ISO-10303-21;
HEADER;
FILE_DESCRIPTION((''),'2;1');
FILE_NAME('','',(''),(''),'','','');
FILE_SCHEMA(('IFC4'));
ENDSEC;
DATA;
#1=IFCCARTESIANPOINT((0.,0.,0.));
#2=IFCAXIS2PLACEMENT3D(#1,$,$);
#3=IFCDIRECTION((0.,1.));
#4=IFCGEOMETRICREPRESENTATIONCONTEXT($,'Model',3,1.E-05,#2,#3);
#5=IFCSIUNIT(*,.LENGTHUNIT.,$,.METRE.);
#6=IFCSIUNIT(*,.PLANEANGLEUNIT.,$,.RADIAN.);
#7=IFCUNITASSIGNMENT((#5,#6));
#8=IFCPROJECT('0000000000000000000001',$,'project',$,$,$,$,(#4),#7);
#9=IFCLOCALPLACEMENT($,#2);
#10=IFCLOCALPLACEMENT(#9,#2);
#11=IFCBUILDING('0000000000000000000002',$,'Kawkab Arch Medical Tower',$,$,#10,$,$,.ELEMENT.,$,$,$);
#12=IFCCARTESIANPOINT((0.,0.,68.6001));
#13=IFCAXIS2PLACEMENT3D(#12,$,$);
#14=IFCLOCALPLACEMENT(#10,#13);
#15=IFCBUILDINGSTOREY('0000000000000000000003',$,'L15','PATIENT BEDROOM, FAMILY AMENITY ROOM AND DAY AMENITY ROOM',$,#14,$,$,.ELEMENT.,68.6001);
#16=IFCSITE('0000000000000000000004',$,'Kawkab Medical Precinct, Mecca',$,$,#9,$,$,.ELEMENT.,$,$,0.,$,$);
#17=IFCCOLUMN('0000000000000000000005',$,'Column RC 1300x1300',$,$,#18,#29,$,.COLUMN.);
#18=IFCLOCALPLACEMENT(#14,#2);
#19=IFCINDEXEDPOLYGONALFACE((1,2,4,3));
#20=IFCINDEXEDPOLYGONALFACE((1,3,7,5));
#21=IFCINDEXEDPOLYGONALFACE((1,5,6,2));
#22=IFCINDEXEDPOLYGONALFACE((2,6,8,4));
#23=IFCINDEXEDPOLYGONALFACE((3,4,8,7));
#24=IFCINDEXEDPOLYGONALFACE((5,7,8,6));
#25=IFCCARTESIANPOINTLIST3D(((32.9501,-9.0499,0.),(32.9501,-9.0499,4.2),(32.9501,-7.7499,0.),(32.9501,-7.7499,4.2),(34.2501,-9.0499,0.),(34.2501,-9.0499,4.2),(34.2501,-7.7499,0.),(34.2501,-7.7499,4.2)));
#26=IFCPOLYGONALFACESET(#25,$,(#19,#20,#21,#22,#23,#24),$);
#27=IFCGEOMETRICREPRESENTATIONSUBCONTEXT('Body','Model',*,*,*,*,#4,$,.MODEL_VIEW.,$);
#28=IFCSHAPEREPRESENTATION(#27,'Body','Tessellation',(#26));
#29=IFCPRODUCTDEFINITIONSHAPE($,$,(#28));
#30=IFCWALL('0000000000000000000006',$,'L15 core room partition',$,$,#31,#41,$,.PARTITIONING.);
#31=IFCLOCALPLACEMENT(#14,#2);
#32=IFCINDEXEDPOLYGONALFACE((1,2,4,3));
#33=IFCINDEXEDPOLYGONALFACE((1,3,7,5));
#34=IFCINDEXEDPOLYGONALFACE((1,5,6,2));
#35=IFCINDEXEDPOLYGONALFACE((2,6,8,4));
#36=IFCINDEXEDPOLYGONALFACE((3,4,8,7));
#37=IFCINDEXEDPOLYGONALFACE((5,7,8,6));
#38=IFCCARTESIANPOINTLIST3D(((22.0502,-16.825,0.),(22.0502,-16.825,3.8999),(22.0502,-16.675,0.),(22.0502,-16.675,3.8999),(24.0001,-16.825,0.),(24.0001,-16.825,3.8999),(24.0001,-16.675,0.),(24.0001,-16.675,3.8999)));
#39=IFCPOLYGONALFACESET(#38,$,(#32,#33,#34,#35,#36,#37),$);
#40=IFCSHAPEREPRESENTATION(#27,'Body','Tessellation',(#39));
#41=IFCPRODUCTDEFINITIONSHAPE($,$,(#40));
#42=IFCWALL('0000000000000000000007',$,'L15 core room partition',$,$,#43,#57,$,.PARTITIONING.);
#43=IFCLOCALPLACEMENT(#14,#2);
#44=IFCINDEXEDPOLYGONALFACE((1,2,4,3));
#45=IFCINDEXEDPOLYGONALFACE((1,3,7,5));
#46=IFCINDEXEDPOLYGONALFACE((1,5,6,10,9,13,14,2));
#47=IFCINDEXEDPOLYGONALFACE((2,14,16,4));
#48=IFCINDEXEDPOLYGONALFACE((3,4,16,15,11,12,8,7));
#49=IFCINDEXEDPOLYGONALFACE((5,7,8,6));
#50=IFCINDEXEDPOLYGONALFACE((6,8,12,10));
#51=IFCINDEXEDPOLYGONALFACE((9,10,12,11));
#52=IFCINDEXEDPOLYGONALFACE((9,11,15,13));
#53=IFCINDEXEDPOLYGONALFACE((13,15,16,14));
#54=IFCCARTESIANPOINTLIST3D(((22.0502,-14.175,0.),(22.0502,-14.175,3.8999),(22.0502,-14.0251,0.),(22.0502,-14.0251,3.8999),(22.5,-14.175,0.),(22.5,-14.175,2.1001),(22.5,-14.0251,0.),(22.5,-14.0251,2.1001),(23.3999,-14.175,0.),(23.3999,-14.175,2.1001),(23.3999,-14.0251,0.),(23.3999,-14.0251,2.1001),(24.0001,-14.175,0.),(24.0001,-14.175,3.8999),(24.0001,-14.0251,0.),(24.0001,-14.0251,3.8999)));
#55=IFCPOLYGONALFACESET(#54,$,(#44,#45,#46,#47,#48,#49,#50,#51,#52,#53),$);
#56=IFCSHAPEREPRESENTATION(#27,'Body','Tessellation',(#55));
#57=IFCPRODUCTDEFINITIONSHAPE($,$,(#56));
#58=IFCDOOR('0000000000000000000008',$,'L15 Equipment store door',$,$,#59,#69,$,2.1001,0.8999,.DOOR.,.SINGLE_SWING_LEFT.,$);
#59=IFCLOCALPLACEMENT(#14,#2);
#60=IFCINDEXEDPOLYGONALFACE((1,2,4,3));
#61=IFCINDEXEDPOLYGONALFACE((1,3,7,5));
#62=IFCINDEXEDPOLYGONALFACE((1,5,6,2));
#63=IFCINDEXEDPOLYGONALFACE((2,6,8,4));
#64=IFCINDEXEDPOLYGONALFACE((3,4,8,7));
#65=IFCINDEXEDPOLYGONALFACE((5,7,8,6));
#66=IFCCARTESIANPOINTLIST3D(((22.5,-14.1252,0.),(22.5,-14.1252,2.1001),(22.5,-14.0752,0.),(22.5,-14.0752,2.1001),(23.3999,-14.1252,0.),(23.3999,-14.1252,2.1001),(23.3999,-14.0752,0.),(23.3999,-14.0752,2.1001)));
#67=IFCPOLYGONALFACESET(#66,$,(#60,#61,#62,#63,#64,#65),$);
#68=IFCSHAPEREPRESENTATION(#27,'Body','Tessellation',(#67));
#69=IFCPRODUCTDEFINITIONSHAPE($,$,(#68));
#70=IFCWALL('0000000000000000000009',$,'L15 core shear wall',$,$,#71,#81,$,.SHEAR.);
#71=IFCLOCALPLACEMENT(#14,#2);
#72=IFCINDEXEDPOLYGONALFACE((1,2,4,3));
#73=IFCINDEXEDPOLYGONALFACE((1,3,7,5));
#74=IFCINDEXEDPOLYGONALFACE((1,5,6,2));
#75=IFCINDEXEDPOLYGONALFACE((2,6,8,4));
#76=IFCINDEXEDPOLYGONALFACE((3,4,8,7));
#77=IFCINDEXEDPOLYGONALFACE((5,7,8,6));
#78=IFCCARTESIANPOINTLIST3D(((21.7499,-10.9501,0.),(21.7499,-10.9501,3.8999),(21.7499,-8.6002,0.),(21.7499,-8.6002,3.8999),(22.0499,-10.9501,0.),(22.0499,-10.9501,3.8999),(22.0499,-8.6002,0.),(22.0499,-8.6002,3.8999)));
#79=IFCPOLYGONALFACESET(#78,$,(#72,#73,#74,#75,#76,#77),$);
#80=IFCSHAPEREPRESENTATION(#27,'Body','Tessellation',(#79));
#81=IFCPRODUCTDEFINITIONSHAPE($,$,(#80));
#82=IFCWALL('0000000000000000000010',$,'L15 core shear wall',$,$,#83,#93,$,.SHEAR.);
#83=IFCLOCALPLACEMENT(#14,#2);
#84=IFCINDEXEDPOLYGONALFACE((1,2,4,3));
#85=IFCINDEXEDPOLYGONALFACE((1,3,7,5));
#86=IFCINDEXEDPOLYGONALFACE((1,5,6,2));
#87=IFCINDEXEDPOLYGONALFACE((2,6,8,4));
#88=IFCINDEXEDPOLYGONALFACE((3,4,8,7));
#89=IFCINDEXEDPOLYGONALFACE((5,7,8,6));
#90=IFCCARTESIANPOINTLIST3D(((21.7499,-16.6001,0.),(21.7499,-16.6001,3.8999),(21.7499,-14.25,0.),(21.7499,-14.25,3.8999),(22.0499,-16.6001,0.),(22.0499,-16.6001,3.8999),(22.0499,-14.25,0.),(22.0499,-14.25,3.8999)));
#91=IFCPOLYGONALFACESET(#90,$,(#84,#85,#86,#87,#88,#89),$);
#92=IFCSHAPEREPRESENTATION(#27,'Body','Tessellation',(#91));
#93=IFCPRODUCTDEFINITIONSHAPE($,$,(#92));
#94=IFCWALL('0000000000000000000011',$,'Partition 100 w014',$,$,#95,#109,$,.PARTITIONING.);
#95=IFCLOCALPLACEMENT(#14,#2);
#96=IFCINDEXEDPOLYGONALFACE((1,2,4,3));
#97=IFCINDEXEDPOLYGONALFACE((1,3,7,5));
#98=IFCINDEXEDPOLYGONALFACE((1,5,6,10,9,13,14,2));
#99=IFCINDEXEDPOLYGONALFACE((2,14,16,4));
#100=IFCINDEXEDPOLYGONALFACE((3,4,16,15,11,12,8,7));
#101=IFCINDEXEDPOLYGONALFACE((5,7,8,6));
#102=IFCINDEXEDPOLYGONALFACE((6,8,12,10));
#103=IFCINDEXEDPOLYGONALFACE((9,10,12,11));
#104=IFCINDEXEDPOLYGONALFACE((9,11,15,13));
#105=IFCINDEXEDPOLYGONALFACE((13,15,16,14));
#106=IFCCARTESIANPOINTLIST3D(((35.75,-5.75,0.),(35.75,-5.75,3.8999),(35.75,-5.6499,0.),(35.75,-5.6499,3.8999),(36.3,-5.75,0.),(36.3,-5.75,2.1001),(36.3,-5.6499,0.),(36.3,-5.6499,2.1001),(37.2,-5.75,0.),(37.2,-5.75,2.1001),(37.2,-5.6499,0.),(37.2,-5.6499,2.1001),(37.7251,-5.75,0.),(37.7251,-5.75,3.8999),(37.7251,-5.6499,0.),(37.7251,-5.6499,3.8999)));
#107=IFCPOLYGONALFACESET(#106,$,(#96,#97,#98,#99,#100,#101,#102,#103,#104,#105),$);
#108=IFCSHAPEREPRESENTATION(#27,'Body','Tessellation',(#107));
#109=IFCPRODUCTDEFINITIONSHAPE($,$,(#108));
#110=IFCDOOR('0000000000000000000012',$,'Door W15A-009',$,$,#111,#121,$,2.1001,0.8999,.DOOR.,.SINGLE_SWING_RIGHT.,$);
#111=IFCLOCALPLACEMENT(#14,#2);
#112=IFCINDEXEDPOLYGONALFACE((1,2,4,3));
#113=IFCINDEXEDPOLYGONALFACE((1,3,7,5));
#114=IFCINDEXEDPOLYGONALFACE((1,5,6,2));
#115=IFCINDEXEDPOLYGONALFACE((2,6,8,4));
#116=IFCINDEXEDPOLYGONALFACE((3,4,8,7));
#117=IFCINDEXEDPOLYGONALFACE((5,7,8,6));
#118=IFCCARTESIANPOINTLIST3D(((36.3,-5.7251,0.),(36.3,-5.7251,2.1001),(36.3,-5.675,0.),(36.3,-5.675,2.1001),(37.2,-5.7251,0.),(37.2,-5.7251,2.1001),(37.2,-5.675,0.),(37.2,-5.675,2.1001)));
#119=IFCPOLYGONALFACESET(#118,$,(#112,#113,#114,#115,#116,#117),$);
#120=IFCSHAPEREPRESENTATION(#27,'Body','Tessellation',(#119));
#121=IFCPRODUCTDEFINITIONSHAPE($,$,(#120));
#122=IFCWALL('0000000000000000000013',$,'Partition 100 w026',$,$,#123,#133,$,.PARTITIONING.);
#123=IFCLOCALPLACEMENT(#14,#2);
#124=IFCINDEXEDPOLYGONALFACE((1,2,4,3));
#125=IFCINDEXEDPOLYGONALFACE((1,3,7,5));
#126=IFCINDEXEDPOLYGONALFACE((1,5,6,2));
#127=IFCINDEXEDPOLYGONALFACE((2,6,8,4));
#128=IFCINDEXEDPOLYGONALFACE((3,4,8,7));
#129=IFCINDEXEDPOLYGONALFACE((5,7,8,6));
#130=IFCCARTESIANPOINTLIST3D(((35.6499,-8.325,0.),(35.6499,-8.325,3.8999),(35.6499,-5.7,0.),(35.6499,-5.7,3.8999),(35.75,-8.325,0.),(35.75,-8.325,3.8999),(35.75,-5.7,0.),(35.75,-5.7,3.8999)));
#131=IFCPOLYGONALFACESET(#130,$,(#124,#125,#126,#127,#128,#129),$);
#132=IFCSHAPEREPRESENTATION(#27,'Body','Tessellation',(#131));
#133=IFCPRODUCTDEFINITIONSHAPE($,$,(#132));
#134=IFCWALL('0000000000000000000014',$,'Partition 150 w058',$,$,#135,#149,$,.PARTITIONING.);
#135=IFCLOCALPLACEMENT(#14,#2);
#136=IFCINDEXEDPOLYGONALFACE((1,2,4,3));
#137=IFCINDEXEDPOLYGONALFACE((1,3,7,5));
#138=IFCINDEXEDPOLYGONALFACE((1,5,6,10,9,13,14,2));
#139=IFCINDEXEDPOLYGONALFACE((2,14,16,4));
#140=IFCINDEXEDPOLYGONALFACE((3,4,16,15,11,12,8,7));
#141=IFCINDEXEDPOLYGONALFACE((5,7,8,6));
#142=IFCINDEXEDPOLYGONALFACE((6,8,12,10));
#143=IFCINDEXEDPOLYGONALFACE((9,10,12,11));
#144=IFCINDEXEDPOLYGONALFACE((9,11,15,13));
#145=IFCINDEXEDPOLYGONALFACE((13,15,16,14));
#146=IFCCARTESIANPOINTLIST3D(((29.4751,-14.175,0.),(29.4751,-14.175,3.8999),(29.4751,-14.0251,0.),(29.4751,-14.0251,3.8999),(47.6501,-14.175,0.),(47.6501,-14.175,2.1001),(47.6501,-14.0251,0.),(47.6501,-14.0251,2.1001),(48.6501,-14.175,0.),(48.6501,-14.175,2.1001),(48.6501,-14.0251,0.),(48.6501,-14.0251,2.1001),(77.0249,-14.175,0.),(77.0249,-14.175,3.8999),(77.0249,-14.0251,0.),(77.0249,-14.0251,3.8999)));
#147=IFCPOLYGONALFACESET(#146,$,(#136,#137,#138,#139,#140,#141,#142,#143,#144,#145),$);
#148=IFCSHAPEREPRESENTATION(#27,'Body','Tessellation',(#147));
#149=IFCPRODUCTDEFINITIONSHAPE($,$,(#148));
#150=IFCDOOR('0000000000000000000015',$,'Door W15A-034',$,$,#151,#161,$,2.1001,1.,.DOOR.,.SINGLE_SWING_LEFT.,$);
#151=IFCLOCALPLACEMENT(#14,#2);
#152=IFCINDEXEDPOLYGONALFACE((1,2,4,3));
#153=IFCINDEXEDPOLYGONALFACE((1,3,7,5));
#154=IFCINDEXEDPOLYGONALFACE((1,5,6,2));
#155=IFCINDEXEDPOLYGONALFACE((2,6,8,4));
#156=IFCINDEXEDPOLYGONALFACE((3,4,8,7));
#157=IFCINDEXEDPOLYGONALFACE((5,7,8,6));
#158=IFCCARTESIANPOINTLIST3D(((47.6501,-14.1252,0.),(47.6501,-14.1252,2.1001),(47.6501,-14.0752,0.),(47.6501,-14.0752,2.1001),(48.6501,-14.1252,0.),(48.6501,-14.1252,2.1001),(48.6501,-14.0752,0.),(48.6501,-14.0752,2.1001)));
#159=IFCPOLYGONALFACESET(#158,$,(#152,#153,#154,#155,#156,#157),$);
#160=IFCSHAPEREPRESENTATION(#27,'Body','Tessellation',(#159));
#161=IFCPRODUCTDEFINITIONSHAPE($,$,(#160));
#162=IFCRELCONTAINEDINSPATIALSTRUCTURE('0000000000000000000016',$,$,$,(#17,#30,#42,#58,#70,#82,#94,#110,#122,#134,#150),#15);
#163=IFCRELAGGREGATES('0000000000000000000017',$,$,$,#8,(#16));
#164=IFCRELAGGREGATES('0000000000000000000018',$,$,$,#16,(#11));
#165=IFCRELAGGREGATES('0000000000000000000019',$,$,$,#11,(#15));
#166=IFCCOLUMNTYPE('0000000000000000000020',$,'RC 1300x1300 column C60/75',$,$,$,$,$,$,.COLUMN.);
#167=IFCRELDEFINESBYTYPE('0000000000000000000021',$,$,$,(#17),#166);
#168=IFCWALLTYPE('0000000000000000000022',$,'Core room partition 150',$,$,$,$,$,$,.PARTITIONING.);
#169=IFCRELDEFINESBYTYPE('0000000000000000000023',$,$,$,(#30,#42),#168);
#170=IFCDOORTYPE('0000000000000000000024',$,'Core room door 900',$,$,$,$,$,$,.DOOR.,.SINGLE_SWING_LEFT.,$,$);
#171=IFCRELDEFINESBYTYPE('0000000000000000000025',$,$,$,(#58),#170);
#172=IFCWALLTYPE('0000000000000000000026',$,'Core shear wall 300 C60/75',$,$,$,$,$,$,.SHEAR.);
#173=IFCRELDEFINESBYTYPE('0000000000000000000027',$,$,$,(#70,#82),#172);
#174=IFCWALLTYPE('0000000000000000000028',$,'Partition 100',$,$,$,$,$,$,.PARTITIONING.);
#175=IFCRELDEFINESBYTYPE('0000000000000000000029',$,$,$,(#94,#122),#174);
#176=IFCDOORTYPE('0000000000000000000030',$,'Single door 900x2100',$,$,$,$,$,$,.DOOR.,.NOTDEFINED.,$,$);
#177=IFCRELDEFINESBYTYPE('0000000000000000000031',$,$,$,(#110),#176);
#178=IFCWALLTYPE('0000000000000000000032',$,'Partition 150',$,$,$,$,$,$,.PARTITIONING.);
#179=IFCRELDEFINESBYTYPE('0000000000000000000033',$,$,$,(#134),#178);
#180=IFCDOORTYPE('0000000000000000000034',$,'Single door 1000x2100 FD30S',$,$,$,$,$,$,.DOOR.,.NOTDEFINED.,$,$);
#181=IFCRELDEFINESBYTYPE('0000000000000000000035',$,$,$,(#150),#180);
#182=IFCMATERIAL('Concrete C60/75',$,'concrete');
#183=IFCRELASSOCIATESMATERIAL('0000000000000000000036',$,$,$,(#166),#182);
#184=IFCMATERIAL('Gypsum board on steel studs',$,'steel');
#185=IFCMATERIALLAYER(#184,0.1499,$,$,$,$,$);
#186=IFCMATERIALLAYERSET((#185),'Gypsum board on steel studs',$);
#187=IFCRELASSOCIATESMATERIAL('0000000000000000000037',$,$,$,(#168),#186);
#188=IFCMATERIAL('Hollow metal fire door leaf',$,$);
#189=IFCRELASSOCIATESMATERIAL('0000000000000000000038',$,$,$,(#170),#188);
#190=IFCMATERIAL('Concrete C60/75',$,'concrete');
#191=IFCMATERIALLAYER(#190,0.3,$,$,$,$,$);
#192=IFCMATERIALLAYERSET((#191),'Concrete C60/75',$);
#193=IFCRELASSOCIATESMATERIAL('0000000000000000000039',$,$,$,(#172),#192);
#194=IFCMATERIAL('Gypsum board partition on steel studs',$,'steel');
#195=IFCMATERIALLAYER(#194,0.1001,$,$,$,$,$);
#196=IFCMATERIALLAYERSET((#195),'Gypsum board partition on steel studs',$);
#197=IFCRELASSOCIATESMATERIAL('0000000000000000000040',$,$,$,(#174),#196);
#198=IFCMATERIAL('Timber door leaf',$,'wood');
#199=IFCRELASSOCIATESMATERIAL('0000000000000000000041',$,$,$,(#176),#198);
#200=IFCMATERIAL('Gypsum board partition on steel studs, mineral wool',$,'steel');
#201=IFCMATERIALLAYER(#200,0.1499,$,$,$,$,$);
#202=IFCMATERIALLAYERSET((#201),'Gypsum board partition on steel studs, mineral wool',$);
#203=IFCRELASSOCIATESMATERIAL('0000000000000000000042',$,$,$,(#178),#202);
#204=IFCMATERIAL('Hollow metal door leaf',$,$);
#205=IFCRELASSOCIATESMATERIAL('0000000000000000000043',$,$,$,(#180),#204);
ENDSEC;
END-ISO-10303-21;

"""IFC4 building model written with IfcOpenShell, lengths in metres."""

from ifc_helpers import new_model, si_unit, direction, frame, frame_2d, origin, origin_2d, place, context, subcontext, project, spatial, rectangle, extrude, material, layer, layer_set, material_profile, profile_set, type_object, element, fill, save


model = new_model("IFC4")

# Units and contexts
model_context = context("Model", 3, precision=1e-05, world=origin(), true_north=direction((0.0, 1.0)))
body_context = subcontext(model_context, "Body", "Model", "MODEL_VIEW")
ifc_project = project(units=[si_unit("LENGTHUNIT", "METRE"), si_unit("PLANEANGLEUNIT", "RADIAN")], contexts=[model_context])

# Site, building, storey
site_placement = place(None, origin())
site = spatial("IfcSite", under=ifc_project, at=site_placement, Name="Kawkab Medical Precinct, Mecca", CompositionType="ELEMENT", RefElevation=0.0)
building_placement = place(site_placement, origin())
building = spatial("IfcBuilding", under=site, at=building_placement, Name="Kawkab Arch Medical Tower", CompositionType="ELEMENT")
storey_placement = place(building_placement, frame((0.0, 0.0, 68.6001)))
storey = spatial("IfcBuildingStorey", under=building, at=storey_placement, Name="L15", Description="PATIENT BEDROOM, FAMILY AMENITY ROOM AND DAY AMENITY ROOM", CompositionType="ELEMENT", Elevation=68.6001)

# Column
ifc_material_1 = material(Name="Concrete C60/75", Category="concrete")
ifc_material_profile = material_profile(ifc_material_1, rectangle(XDim=1.3, YDim=1.3, at=origin_2d()), Name="RC 1300x1300")
ifc_profile_set = profile_set([ifc_material_profile], Name="Concrete C60/75")
column_type = type_object("IfcColumnType", Name="RC 1300x1300 column C60/75", PredefinedType="COLUMN", material=ifc_profile_set)
column_placement = place(storey_placement, frame((33.6001, -8.3999, 0.0), z_axis=(0.0, 0.0, 1.0), x_axis=(1.0, 0.0, 0.0)))
element("IfcColumn", 1, at=column_placement, inside=storey, type_object=column_type, Name="Column RC 1300x1300", PredefinedType="COLUMN", context=body_context, shape_type="SweptSolid", body=[
    extrude(rectangle(XDim=1.3, YDim=1.3, at=origin_2d()), origin(), (0.0, 0.0, 1.0), 4.2),
])

# Wall
ifc_material_2 = material(Name="Gypsum board on steel studs", Category="steel")
ifc_layer_1 = layer(ifc_material_2, 0.1499)
ifc_layer_set_1 = layer_set([ifc_layer_1], Name="Gypsum board on steel studs")
wall_type_1 = type_object("IfcWallType", Name="Core room partition 150", PredefinedType="PARTITIONING", material=ifc_layer_set_1)
wall_1_placement = place(storey_placement, frame((22.05, -16.75, 0.0), z_axis=(0.0, 0.0, 1.0), x_axis=(1.0, 0.0, 0.0)))
element("IfcWall", 2, at=wall_1_placement, inside=storey, type_object=wall_type_1, Name="L15 core room partition", PredefinedType="PARTITIONING", context=body_context, shape_type="SweptSolid", body=[
    extrude(rectangle(XDim=1.95, YDim=0.1499, at=frame_2d((0.9751, 0.0))), origin(), (0.0, 0.0, 1.0), 3.8999),
])

# Wall, opening, door
wall_2_placement = place(storey_placement, frame((22.05, -14.1001, 0.0), z_axis=(0.0, 0.0, 1.0), x_axis=(1.0, 0.0, 0.0)))
wall_2 = element("IfcWall", 3, at=wall_2_placement, inside=storey, type_object=wall_type_1, Name="L15 core room partition", PredefinedType="PARTITIONING", context=body_context, shape_type="SweptSolid", body=[
    extrude(rectangle(XDim=1.95, YDim=0.1499, at=frame_2d((0.9751, 0.0))), origin(), (0.0, 0.0, 1.0), 3.8999),
])
opening_1_placement = place(wall_2_placement, frame((0.45, 0.0, 0.0)))
opening_1 = element("IfcOpeningElement", 4, at=opening_1_placement, cuts=wall_2, PredefinedType="OPENING", context=body_context, shape_type="SweptSolid", body=[
    extrude(rectangle(XDim=0.8999, YDim=2.1001, at=frame_2d((0.45, 1.05))), frame((0.0, 0.085, 0.0), z_axis=(0.0, -1.0, 0.0), x_axis=(1.0, 0.0, 0.0)), (0.0, 0.0, 1.0), 0.1699),
])
ifc_material_3 = material(Name="Hollow metal fire door leaf")
door_type_1 = type_object("IfcDoorType", Name="Core room door 900", OperationType="SINGLE_SWING_LEFT", PredefinedType="DOOR", material=ifc_material_3)
door_1_placement = place(opening_1_placement, origin())
door_1 = element("IfcDoor", 5, at=door_1_placement, inside=storey, type_object=door_type_1, Name="L15 Equipment store door", OperationType="SINGLE_SWING_LEFT", OverallHeight=2.1001, OverallWidth=0.8999, PredefinedType="DOOR", context=body_context, shape_type="SweptSolid", body=[
    extrude(rectangle(XDim=0.8999, YDim=2.1001, at=frame_2d((0.45, 1.05))), frame((0.0, 0.0249, 0.0), z_axis=(0.0, -1.0, 0.0), x_axis=(1.0, 0.0, 0.0)), (0.0, 0.0, 1.0), 0.05),
])
fill(opening_1, door_1)

# Walls
ifc_material_4 = material(Name="Concrete C60/75", Category="concrete")
ifc_layer_2 = layer(ifc_material_4, 0.3)
ifc_layer_set_2 = layer_set([ifc_layer_2], Name="Concrete C60/75")
wall_type_2 = type_object("IfcWallType", Name="Core shear wall 300 C60/75", PredefinedType="SHEAR", material=ifc_layer_set_2)
wall_3_placement = place(storey_placement, frame((21.8999, -10.95, 0.0), z_axis=(0.0, 0.0, 1.0), x_axis=(0.0, 1.0, 0.0)))
element("IfcWall", 6, at=wall_3_placement, inside=storey, type_object=wall_type_2, Name="L15 core shear wall", PredefinedType="SHEAR", context=body_context, shape_type="SweptSolid", body=[
    extrude(rectangle(XDim=2.3499, YDim=0.3, at=frame_2d((1.1748, 0.0))), origin(), (0.0, 0.0, 1.0), 3.8999),
])
wall_4_placement = place(storey_placement, frame((21.8999, -16.6001, 0.0), z_axis=(0.0, 0.0, 1.0), x_axis=(0.0, 1.0, 0.0)))
element("IfcWall", 7, at=wall_4_placement, inside=storey, type_object=wall_type_2, Name="L15 core shear wall", PredefinedType="SHEAR", context=body_context, shape_type="SweptSolid", body=[
    extrude(rectangle(XDim=2.3501, YDim=0.3, at=frame_2d((1.175, 0.0))), origin(), (0.0, 0.0, 1.0), 3.8999),
])

# Wall, opening, door
ifc_material_5 = material(Name="Gypsum board partition on steel studs", Category="steel")
ifc_layer_3 = layer(ifc_material_5, 0.1001)
ifc_layer_set_3 = layer_set([ifc_layer_3], Name="Gypsum board partition on steel studs")
wall_type_3 = type_object("IfcWallType", Name="Partition 100", PredefinedType="PARTITIONING", material=ifc_layer_set_3)
wall_5_placement = place(storey_placement, frame((35.75, -5.7, 0.0), z_axis=(0.0, 0.0, 1.0), x_axis=(1.0, 0.0, 0.0)))
wall_5 = element("IfcWall", 8, at=wall_5_placement, inside=storey, type_object=wall_type_3, Name="Partition 100 w014", PredefinedType="PARTITIONING", context=body_context, shape_type="SweptSolid", body=[
    extrude(rectangle(XDim=1.9751, YDim=0.1001, at=frame_2d((0.9875, 0.0))), origin(), (0.0, 0.0, 1.0), 3.8999),
])
opening_2_placement = place(wall_5_placement, frame((0.55, 0.0, 0.0)))
opening_2 = element("IfcOpeningElement", 9, at=opening_2_placement, cuts=wall_5, PredefinedType="OPENING", context=body_context, shape_type="SweptSolid", body=[
    extrude(rectangle(XDim=0.8999, YDim=2.1001, at=frame_2d((0.45, 1.05))), frame((0.0, 0.0601, 0.0), z_axis=(0.0, -1.0, 0.0), x_axis=(1.0, 0.0, 0.0)), (0.0, 0.0, 1.0), 0.1201),
])
ifc_material_6 = material(Name="Timber door leaf", Category="wood")
door_type_2 = type_object("IfcDoorType", Name="Single door 900x2100", OperationType="NOTDEFINED", PredefinedType="DOOR", material=ifc_material_6)
door_2_placement = place(opening_2_placement, origin())
door_2 = element("IfcDoor", 10, at=door_2_placement, inside=storey, type_object=door_type_2, Name="Door W15A-009", OperationType="SINGLE_SWING_RIGHT", OverallHeight=2.1001, OverallWidth=0.8999, PredefinedType="DOOR", context=body_context, shape_type="SweptSolid", body=[
    extrude(rectangle(XDim=0.8999, YDim=2.1001, at=frame_2d((0.45, 1.05))), frame((0.0, 0.0249, 0.0), z_axis=(0.0, -1.0, 0.0), x_axis=(1.0, 0.0, 0.0)), (0.0, 0.0, 1.0), 0.05),
])
fill(opening_2, door_2)

# Wall
wall_6_placement = place(storey_placement, frame((35.7, -8.325, 0.0), z_axis=(0.0, 0.0, 1.0), x_axis=(0.0, 1.0, 0.0)))
element("IfcWall", 11, at=wall_6_placement, inside=storey, type_object=wall_type_3, Name="Partition 100 w026", PredefinedType="PARTITIONING", context=body_context, shape_type="SweptSolid", body=[
    extrude(rectangle(XDim=2.625, YDim=0.1001, at=frame_2d((1.3125, 0.0))), origin(), (0.0, 0.0, 1.0), 3.8999),
])

# Wall, opening, door
ifc_material_7 = material(Name="Gypsum board partition on steel studs, mineral wool", Category="steel")
ifc_layer_4 = layer(ifc_material_7, 0.1499)
ifc_layer_set_4 = layer_set([ifc_layer_4], Name="Gypsum board partition on steel studs, mineral wool")
wall_type_4 = type_object("IfcWallType", Name="Partition 150", PredefinedType="PARTITIONING", material=ifc_layer_set_4)
wall_7_placement = place(storey_placement, frame((29.4751, -14.1001, 0.0), z_axis=(0.0, 0.0, 1.0), x_axis=(1.0, 0.0, 0.0)))
wall_7 = element("IfcWall", 12, at=wall_7_placement, inside=storey, type_object=wall_type_4, Name="Partition 150 w058", PredefinedType="PARTITIONING", context=body_context, shape_type="SweptSolid", body=[
    extrude(rectangle(XDim=47.5498, YDim=0.1499, at=frame_2d((23.7749, 0.0))), origin(), (0.0, 0.0, 1.0), 3.8999),
])
opening_3_placement = place(wall_7_placement, frame((18.175, 0.0, 0.0)))
opening_3 = element("IfcOpeningElement", 13, at=opening_3_placement, cuts=wall_7, PredefinedType="OPENING", context=body_context, shape_type="SweptSolid", body=[
    extrude(rectangle(XDim=1.0, YDim=2.1001, at=frame_2d((0.5, 1.05))), frame((0.0, 0.085, 0.0), z_axis=(0.0, -1.0, 0.0), x_axis=(1.0, 0.0, 0.0)), (0.0, 0.0, 1.0), 0.1699),
])
ifc_material_8 = material(Name="Hollow metal door leaf")
door_type_3 = type_object("IfcDoorType", Name="Single door 1000x2100 FD30S", OperationType="NOTDEFINED", PredefinedType="DOOR", material=ifc_material_8)
door_3_placement = place(opening_3_placement, origin())
door_3 = element("IfcDoor", 14, at=door_3_placement, inside=storey, type_object=door_type_3, Name="Door W15A-034", OperationType="SINGLE_SWING_LEFT", OverallHeight=2.1001, OverallWidth=1.0, PredefinedType="DOOR", context=body_context, shape_type="SweptSolid", body=[
    extrude(rectangle(XDim=1.0, YDim=2.1001, at=frame_2d((0.5, 1.05))), frame((0.0, 0.0249, 0.0), z_axis=(0.0, -1.0, 0.0), x_axis=(1.0, 0.0, 0.0)), (0.0, 0.0, 1.0), 0.05),
])
fill(opening_3, door_3)

save(model, "model.ifc")
